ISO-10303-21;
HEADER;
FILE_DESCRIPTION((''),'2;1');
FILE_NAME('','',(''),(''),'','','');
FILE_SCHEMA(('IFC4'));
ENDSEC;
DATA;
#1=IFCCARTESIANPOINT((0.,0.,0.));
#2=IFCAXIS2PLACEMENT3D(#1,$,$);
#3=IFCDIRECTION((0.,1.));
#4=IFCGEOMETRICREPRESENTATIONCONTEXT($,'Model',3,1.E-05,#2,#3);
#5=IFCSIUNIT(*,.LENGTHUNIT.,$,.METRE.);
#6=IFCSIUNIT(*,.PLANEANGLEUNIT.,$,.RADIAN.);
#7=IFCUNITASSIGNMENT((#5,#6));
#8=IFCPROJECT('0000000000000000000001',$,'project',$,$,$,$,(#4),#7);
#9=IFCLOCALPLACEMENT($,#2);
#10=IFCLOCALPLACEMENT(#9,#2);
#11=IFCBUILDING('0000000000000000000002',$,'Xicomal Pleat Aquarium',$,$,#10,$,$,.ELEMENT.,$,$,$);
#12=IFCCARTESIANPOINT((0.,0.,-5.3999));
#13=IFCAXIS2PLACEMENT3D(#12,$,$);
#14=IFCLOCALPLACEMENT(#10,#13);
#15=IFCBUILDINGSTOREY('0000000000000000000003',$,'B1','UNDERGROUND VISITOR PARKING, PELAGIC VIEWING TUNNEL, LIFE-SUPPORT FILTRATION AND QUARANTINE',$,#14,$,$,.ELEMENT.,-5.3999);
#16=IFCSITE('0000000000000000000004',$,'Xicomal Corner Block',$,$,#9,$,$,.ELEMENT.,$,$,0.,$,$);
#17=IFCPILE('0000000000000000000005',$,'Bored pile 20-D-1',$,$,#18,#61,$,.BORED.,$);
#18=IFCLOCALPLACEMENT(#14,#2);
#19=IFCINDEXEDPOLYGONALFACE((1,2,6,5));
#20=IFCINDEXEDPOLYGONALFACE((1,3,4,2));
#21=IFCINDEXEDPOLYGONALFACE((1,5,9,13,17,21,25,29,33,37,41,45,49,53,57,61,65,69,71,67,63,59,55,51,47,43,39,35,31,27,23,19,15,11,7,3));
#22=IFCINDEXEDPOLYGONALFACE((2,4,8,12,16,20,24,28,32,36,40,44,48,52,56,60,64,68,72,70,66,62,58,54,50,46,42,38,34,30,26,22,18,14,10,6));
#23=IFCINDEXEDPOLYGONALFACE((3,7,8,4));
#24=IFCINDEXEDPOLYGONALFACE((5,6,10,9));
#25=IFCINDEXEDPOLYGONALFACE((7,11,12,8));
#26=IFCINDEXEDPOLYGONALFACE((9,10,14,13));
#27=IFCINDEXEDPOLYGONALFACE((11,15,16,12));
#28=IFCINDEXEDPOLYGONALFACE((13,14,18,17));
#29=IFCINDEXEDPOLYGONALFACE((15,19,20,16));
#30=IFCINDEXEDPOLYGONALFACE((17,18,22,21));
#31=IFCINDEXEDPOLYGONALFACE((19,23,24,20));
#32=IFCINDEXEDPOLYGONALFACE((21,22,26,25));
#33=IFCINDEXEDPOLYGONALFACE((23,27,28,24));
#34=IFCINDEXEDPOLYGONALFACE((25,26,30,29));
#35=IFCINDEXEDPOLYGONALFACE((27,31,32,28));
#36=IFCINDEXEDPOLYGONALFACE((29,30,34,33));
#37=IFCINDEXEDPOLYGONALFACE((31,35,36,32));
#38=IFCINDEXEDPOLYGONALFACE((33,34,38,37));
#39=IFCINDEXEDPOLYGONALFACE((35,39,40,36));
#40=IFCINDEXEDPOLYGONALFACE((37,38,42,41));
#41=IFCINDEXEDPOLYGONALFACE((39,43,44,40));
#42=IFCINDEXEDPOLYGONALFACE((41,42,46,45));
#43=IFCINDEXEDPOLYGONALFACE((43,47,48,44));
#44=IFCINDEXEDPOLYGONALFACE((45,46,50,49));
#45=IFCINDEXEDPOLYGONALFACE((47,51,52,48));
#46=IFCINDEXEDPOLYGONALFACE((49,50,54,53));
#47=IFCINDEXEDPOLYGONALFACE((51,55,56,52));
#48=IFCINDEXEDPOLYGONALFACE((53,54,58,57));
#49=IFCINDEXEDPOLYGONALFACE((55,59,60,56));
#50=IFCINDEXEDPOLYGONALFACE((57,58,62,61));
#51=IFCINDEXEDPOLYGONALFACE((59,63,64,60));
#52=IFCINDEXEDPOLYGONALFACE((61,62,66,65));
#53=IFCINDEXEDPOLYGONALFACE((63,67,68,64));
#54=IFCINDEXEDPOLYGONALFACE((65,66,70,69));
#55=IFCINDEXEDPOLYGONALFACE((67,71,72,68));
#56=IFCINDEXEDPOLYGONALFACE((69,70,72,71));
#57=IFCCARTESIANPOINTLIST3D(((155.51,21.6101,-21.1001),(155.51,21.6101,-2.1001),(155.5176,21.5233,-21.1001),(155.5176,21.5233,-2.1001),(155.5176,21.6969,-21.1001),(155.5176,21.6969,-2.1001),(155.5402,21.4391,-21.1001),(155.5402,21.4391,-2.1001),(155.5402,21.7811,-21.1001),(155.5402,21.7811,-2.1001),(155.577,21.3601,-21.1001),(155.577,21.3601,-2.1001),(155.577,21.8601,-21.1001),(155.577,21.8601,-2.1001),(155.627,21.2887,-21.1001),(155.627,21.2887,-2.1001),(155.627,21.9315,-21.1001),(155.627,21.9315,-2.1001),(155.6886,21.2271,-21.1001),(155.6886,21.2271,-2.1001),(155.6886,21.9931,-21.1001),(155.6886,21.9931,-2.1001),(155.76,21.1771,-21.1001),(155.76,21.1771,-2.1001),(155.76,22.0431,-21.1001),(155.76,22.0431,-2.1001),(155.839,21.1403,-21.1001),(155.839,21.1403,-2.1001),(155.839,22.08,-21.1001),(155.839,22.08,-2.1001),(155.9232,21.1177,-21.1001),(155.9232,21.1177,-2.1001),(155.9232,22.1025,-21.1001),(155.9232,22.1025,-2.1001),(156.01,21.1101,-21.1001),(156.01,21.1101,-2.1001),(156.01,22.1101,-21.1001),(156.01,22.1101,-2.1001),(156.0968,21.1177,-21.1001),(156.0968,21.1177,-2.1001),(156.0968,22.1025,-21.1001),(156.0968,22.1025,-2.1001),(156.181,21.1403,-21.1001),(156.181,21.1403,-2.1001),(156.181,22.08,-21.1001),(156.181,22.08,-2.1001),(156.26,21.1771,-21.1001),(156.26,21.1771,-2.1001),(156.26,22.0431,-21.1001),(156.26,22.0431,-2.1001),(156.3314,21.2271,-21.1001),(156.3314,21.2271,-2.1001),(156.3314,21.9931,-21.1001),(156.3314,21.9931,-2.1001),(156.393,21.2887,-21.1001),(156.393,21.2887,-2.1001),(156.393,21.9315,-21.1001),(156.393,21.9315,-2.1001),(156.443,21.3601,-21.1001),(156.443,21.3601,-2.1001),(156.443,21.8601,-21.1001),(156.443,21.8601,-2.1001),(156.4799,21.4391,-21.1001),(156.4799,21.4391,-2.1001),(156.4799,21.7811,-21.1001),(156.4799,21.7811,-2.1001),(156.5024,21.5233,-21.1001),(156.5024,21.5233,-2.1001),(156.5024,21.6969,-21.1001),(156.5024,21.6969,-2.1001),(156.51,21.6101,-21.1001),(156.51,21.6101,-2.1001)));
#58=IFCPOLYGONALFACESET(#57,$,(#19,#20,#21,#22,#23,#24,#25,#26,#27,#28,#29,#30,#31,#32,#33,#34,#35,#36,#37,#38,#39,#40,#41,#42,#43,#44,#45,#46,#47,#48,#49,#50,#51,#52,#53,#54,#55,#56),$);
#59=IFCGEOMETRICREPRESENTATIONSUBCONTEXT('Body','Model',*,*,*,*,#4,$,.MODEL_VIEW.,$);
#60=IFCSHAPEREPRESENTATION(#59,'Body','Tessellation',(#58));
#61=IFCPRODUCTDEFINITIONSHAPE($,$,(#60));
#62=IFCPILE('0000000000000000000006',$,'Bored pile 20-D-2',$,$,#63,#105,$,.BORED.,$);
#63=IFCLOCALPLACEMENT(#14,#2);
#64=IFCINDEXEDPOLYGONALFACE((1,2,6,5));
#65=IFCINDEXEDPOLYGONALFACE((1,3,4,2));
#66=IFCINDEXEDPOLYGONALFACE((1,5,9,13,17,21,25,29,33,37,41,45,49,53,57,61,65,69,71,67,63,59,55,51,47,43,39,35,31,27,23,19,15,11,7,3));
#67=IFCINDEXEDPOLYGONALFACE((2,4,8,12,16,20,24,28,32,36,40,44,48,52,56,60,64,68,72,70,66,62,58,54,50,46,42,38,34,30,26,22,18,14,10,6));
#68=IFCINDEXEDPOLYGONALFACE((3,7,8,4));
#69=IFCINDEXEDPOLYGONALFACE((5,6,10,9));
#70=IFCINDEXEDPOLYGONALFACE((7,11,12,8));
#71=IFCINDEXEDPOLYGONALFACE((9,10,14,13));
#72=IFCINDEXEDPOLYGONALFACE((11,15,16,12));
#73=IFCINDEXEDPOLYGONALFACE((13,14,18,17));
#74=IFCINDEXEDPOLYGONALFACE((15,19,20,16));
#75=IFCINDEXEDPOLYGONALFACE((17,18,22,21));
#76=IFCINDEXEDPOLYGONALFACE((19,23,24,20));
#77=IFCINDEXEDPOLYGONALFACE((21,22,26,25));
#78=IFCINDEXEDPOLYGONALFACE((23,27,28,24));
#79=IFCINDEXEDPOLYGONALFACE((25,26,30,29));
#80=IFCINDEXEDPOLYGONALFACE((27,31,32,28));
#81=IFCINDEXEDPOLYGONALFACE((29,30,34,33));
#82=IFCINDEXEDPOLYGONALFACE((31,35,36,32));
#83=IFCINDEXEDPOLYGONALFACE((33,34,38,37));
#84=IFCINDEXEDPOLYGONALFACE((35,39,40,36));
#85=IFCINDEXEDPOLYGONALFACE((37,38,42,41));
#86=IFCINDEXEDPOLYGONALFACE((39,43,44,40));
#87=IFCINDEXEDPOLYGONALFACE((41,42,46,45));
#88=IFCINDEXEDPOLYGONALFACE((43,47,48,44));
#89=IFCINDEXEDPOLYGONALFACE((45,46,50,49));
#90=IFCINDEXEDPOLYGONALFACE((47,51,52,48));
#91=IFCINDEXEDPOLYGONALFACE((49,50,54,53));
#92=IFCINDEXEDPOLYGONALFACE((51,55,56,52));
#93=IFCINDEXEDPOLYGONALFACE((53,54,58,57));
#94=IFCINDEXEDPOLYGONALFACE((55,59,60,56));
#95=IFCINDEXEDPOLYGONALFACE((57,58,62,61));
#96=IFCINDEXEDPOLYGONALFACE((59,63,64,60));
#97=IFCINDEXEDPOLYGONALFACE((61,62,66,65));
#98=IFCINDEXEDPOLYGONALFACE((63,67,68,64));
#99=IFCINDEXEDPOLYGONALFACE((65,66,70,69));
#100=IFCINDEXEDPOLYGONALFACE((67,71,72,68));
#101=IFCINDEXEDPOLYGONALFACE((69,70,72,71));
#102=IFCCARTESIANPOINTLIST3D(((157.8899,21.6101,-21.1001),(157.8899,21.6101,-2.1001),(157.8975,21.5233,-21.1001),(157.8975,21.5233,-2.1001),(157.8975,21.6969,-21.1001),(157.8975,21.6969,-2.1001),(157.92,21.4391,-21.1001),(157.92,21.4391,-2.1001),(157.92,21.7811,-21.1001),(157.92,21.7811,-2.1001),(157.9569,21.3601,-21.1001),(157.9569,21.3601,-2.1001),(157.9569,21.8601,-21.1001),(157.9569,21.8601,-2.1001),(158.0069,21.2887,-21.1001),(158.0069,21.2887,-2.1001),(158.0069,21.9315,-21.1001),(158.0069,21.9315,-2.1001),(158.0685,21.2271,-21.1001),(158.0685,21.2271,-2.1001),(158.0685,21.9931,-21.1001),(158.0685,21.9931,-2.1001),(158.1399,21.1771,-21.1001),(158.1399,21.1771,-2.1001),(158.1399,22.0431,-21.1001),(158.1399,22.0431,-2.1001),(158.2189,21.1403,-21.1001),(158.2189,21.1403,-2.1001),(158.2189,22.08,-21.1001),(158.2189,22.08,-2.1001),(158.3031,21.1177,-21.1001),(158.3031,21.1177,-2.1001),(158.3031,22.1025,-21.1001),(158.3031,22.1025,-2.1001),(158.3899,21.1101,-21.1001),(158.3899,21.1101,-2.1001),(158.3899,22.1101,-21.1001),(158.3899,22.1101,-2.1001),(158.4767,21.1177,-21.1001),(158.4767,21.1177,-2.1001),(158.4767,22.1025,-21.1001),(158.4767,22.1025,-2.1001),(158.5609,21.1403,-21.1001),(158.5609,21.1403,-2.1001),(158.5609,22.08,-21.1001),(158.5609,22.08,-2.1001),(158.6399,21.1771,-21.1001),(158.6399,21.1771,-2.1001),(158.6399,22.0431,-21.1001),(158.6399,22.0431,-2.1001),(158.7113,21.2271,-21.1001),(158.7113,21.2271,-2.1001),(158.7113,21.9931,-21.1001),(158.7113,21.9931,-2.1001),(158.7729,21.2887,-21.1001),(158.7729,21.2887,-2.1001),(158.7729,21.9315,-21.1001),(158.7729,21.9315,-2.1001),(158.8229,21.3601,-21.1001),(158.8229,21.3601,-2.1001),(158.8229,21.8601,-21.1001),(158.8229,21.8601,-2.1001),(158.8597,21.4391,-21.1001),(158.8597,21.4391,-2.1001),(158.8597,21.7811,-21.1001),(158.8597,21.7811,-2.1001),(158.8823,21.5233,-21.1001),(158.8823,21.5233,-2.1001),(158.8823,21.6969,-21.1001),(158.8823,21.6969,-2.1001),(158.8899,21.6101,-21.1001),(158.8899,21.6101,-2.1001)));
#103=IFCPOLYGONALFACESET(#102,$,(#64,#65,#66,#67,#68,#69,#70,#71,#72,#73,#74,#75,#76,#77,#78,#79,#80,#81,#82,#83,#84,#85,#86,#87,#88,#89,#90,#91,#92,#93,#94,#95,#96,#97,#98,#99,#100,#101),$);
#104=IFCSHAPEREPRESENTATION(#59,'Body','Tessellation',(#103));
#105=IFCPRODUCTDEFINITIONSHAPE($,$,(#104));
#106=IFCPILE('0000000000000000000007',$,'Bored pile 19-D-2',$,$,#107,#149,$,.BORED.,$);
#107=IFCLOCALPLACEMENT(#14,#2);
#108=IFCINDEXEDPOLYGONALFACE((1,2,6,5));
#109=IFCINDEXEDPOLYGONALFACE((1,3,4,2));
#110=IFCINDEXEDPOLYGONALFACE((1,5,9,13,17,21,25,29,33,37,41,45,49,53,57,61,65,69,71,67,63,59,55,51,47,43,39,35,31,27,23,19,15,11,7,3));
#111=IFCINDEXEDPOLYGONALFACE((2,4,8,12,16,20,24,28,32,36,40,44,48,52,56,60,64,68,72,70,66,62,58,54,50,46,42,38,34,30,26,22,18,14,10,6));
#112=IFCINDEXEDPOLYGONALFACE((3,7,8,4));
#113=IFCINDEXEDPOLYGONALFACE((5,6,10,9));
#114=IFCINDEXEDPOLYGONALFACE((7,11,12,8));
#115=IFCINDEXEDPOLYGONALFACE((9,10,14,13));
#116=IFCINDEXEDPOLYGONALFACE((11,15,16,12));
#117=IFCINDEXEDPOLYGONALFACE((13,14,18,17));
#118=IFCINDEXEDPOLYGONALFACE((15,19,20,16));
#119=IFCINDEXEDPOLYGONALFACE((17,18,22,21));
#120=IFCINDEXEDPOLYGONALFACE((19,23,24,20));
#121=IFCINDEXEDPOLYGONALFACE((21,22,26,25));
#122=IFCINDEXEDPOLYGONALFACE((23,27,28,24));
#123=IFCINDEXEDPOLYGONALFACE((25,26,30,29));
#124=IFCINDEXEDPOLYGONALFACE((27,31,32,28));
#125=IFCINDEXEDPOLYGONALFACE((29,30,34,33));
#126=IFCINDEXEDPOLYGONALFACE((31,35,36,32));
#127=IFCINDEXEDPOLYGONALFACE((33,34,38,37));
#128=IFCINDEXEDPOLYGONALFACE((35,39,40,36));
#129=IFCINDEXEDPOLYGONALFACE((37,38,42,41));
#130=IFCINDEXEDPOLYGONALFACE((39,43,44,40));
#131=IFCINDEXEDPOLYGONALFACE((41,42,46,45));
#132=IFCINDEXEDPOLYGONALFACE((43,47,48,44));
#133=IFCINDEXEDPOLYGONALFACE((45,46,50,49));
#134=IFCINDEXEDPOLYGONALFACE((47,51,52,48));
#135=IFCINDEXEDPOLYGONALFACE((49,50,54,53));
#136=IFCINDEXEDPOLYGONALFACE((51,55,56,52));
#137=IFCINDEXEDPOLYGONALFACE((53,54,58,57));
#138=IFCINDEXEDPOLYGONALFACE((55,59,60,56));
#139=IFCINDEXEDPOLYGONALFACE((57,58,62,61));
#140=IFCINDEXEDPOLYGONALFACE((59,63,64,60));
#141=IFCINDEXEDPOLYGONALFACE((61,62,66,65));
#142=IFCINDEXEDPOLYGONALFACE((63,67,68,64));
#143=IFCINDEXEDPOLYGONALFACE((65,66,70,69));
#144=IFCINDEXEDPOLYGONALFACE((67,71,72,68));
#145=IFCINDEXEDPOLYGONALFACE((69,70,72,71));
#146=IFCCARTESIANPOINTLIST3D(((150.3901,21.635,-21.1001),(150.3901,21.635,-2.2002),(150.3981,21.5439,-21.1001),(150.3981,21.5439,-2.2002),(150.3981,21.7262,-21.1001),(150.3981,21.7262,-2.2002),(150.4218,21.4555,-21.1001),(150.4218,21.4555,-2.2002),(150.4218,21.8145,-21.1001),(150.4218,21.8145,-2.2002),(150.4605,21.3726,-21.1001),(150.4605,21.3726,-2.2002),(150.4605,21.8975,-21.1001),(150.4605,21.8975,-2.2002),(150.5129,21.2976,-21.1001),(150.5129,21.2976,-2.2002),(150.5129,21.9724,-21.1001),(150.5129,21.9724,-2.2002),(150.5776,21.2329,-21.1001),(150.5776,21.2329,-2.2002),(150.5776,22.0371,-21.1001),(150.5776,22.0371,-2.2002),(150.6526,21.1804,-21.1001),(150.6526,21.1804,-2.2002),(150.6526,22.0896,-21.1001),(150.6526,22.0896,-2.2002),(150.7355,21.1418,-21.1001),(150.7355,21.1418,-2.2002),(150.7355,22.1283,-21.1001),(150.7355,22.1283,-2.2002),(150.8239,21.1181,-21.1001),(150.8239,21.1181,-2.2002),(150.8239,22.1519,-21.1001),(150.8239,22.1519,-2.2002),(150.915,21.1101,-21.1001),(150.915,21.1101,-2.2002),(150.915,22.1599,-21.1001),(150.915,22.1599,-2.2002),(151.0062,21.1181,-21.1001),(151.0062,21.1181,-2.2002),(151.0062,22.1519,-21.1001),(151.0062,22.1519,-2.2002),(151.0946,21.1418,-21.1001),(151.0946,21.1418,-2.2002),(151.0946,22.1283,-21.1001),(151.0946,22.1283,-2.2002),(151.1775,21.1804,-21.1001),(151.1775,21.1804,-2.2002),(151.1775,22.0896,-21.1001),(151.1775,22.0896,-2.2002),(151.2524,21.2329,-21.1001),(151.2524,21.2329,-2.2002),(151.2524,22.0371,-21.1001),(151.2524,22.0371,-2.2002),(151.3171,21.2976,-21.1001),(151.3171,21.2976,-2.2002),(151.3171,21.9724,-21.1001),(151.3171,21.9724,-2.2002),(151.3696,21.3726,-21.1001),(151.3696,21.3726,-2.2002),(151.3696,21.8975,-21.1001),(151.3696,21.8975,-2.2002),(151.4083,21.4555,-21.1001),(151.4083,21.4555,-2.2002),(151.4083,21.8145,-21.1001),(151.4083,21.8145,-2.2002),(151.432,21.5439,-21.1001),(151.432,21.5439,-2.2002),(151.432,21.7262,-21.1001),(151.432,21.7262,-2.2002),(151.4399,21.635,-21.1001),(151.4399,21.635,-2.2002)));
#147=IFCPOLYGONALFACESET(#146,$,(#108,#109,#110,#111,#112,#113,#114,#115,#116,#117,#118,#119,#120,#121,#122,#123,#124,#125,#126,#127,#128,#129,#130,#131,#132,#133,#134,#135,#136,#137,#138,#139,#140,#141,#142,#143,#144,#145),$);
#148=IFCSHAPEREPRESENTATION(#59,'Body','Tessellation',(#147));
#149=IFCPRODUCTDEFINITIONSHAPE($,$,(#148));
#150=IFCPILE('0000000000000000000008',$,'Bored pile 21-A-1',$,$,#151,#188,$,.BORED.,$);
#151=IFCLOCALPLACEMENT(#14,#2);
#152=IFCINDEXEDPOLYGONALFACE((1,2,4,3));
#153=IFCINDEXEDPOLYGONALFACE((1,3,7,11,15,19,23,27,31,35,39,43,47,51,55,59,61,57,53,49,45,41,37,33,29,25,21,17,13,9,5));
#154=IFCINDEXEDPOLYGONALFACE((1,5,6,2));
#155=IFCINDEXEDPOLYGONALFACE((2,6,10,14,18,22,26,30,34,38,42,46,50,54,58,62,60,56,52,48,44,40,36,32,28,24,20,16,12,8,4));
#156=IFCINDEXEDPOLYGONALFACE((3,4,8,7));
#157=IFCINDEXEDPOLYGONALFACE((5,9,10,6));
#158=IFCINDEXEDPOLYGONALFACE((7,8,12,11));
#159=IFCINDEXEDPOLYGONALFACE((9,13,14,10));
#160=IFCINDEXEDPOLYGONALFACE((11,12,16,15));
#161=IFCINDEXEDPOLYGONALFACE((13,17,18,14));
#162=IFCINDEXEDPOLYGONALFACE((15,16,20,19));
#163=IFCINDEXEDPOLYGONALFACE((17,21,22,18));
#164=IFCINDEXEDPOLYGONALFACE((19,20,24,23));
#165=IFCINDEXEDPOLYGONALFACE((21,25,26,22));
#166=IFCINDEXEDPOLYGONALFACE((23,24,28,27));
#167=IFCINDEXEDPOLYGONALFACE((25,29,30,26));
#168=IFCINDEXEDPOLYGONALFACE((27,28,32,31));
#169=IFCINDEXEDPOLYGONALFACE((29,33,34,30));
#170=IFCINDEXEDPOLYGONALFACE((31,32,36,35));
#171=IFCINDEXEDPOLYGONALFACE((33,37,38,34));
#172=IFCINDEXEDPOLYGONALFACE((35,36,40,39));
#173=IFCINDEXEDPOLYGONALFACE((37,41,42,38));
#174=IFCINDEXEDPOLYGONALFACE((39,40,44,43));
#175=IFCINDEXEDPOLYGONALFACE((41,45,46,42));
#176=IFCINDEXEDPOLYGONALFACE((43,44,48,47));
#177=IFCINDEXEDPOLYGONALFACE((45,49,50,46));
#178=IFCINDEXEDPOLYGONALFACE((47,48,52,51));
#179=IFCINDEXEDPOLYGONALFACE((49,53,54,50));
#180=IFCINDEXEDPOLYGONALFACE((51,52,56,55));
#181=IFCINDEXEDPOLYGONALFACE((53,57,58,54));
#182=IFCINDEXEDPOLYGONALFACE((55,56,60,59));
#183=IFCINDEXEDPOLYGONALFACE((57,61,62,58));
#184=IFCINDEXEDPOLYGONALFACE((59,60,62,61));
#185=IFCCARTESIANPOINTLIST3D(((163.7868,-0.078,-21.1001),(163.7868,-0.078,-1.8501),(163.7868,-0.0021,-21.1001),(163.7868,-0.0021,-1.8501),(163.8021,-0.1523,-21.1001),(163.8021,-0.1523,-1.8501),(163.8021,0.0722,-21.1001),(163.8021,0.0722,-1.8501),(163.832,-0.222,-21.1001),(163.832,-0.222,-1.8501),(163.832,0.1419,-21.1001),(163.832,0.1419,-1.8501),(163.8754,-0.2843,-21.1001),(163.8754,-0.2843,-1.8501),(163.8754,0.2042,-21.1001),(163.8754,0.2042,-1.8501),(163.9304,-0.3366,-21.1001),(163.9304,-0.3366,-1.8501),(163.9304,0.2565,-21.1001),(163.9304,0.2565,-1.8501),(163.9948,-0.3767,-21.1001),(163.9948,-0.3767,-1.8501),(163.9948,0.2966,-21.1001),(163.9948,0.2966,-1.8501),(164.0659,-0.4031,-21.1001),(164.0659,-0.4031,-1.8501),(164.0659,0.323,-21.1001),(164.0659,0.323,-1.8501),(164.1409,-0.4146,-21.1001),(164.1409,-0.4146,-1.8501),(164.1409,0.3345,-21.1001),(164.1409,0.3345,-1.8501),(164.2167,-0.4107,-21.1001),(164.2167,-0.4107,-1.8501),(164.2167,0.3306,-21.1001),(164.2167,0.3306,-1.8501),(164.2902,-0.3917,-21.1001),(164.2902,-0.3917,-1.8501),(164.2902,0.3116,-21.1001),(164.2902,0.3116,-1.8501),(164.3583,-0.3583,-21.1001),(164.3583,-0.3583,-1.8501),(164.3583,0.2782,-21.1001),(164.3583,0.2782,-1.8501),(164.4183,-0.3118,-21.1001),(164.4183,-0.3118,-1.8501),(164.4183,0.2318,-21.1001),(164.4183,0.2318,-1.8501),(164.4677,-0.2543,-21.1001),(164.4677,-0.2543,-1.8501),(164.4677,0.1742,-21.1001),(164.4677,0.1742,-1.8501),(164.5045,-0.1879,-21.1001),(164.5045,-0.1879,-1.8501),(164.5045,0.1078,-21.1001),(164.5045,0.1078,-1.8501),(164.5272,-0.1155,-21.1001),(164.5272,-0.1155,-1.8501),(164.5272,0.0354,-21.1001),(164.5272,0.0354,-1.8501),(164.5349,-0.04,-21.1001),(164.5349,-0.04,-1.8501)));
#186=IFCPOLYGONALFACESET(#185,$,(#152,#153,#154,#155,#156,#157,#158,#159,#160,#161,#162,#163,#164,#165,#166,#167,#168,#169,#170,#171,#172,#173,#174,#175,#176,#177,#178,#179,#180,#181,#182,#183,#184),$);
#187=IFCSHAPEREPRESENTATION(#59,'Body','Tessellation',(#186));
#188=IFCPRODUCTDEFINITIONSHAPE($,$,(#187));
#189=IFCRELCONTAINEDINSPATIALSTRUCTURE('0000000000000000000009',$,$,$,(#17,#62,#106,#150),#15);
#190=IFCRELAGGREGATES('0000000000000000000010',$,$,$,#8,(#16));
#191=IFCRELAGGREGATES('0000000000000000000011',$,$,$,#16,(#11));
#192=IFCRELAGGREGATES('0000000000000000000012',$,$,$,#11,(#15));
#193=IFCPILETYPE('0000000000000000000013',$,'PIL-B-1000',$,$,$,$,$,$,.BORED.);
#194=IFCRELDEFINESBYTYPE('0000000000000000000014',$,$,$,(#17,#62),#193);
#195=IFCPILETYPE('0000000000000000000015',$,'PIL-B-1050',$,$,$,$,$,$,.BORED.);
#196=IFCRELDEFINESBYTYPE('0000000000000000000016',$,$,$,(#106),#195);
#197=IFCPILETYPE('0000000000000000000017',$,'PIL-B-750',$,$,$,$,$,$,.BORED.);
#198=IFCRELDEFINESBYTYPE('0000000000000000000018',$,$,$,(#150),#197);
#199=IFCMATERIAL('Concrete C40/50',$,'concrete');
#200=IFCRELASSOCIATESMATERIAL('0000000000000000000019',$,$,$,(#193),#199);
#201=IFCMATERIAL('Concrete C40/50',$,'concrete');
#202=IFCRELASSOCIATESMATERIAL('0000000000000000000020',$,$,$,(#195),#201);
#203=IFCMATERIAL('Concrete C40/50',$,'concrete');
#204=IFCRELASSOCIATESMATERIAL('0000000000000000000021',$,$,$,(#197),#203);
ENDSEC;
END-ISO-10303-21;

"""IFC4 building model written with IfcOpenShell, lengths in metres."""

from ifc_helpers import new_model, si_unit, direction, frame, origin, origin_2d, place, context, subcontext, project, spatial, circle, extrude, material, material_profile, profile_set, type_object, element, save


model = new_model("IFC4")

# Units and contexts
model_context = context("Model", 3, precision=1e-05, world=origin(), true_north=direction((0.0, 1.0)))
body_context = subcontext(model_context, "Body", "Model", "MODEL_VIEW")
ifc_project = project(units=[si_unit("LENGTHUNIT", "METRE"), si_unit("PLANEANGLEUNIT", "RADIAN")], contexts=[model_context])

# Site, building, storey
site_placement = place(None, origin())
site = spatial("IfcSite", under=ifc_project, at=site_placement, Name="Xicomal Corner Block", CompositionType="ELEMENT", RefElevation=0.0)
building_placement = place(site_placement, origin())
building = spatial("IfcBuilding", under=site, at=building_placement, Name="Xicomal Pleat Aquarium", CompositionType="ELEMENT")
storey_placement = place(building_placement, frame((0.0, 0.0, -5.3999)))
storey = spatial("IfcBuildingStorey", under=building, at=storey_placement, Name="B1", Description="UNDERGROUND VISITOR PARKING, PELAGIC VIEWING TUNNEL, LIFE-SUPPORT FILTRATION AND QUARANTINE", CompositionType="ELEMENT", Elevation=-5.3999)

# Piles
ifc_material_1 = material(Name="Concrete C40/50", Category="concrete")
ifc_material_profile_1 = material_profile(ifc_material_1, circle(Radius=0.5, at=origin_2d()), Name="BORED PILE D1000")
ifc_profile_set_1 = profile_set([ifc_material_profile_1], Name="Concrete C40/50")
pile_type_1 = type_object("IfcPileType", Name="PIL-B-1000", PredefinedType="BORED", material=ifc_profile_set_1)
for number, where, z_axis, x_axis, name in (
    (1, (156.01, 21.6101, -2.1001), (0.0, 0.0, -1.0), (1.0, 0.0, 0.0), "Bored pile 20-D-1"),
    (2, (158.3899, 21.6101, -2.1001), (0.0, 0.0, -1.0), (1.0, 0.0, 0.0), "Bored pile 20-D-2"),
):
    element("IfcPile", number, at=place(storey_placement, frame(where, z_axis=z_axis, x_axis=x_axis)), inside=storey, type_object=pile_type_1, Name=name, PredefinedType="BORED", context=body_context, shape_type="SweptSolid", body=[
        extrude(circle(Radius=0.5, at=origin_2d()), origin(), (0.0, 0.0, 1.0), 19.0),
    ])
ifc_material_2 = material(Name="Concrete C40/50", Category="concrete")
ifc_material_profile_2 = material_profile(ifc_material_2, circle(Radius=0.5249, at=origin_2d()), Name="BORED PILE D1050")
ifc_profile_set_2 = profile_set([ifc_material_profile_2], Name="Concrete C40/50")
pile_type_2 = type_object("IfcPileType", Name="PIL-B-1050", PredefinedType="BORED", material=ifc_profile_set_2)
pile_placement = place(storey_placement, frame((150.915, 21.635, -2.2002), z_axis=(0.0, 0.0, -1.0), x_axis=(1.0, 0.0, 0.0)))
element("IfcPile", 3, at=pile_placement, inside=storey, type_object=pile_type_2, Name="Bored pile 19-D-2", PredefinedType="BORED", context=body_context, shape_type="SweptSolid", body=[
    extrude(circle(Radius=0.5249, at=origin_2d()), origin(), (0.0, 0.0, 1.0), 18.8999),
])
ifc_material_3 = material(Name="Concrete C40/50", Category="concrete")
ifc_material_profile_3 = material_profile(ifc_material_3, circle(Radius=0.375, at=origin_2d()), Name="BORED PILE D750")
ifc_profile_set_3 = profile_set([ifc_material_profile_3], Name="Concrete C40/50")
pile_type_3 = type_object("IfcPileType", Name="PIL-B-750", PredefinedType="BORED", material=ifc_profile_set_3)
for number, where, z_axis, x_axis, name in (
    (4, (164.1599, -0.04, -1.8501), (0.0, 0.0, -1.0), (1.0, 0.0, 0.0), "Bored pile 21-A-1"),
):
    element("IfcPile", number, at=place(storey_placement, frame(where, z_axis=z_axis, x_axis=x_axis)), inside=storey, type_object=pile_type_3, Name=name, PredefinedType="BORED", context=body_context, shape_type="SweptSolid", body=[
        extrude(circle(Radius=0.375, at=origin_2d()), origin(), (0.0, 0.0, 1.0), 19.25),
    ])

save(model, "model.ifc")
